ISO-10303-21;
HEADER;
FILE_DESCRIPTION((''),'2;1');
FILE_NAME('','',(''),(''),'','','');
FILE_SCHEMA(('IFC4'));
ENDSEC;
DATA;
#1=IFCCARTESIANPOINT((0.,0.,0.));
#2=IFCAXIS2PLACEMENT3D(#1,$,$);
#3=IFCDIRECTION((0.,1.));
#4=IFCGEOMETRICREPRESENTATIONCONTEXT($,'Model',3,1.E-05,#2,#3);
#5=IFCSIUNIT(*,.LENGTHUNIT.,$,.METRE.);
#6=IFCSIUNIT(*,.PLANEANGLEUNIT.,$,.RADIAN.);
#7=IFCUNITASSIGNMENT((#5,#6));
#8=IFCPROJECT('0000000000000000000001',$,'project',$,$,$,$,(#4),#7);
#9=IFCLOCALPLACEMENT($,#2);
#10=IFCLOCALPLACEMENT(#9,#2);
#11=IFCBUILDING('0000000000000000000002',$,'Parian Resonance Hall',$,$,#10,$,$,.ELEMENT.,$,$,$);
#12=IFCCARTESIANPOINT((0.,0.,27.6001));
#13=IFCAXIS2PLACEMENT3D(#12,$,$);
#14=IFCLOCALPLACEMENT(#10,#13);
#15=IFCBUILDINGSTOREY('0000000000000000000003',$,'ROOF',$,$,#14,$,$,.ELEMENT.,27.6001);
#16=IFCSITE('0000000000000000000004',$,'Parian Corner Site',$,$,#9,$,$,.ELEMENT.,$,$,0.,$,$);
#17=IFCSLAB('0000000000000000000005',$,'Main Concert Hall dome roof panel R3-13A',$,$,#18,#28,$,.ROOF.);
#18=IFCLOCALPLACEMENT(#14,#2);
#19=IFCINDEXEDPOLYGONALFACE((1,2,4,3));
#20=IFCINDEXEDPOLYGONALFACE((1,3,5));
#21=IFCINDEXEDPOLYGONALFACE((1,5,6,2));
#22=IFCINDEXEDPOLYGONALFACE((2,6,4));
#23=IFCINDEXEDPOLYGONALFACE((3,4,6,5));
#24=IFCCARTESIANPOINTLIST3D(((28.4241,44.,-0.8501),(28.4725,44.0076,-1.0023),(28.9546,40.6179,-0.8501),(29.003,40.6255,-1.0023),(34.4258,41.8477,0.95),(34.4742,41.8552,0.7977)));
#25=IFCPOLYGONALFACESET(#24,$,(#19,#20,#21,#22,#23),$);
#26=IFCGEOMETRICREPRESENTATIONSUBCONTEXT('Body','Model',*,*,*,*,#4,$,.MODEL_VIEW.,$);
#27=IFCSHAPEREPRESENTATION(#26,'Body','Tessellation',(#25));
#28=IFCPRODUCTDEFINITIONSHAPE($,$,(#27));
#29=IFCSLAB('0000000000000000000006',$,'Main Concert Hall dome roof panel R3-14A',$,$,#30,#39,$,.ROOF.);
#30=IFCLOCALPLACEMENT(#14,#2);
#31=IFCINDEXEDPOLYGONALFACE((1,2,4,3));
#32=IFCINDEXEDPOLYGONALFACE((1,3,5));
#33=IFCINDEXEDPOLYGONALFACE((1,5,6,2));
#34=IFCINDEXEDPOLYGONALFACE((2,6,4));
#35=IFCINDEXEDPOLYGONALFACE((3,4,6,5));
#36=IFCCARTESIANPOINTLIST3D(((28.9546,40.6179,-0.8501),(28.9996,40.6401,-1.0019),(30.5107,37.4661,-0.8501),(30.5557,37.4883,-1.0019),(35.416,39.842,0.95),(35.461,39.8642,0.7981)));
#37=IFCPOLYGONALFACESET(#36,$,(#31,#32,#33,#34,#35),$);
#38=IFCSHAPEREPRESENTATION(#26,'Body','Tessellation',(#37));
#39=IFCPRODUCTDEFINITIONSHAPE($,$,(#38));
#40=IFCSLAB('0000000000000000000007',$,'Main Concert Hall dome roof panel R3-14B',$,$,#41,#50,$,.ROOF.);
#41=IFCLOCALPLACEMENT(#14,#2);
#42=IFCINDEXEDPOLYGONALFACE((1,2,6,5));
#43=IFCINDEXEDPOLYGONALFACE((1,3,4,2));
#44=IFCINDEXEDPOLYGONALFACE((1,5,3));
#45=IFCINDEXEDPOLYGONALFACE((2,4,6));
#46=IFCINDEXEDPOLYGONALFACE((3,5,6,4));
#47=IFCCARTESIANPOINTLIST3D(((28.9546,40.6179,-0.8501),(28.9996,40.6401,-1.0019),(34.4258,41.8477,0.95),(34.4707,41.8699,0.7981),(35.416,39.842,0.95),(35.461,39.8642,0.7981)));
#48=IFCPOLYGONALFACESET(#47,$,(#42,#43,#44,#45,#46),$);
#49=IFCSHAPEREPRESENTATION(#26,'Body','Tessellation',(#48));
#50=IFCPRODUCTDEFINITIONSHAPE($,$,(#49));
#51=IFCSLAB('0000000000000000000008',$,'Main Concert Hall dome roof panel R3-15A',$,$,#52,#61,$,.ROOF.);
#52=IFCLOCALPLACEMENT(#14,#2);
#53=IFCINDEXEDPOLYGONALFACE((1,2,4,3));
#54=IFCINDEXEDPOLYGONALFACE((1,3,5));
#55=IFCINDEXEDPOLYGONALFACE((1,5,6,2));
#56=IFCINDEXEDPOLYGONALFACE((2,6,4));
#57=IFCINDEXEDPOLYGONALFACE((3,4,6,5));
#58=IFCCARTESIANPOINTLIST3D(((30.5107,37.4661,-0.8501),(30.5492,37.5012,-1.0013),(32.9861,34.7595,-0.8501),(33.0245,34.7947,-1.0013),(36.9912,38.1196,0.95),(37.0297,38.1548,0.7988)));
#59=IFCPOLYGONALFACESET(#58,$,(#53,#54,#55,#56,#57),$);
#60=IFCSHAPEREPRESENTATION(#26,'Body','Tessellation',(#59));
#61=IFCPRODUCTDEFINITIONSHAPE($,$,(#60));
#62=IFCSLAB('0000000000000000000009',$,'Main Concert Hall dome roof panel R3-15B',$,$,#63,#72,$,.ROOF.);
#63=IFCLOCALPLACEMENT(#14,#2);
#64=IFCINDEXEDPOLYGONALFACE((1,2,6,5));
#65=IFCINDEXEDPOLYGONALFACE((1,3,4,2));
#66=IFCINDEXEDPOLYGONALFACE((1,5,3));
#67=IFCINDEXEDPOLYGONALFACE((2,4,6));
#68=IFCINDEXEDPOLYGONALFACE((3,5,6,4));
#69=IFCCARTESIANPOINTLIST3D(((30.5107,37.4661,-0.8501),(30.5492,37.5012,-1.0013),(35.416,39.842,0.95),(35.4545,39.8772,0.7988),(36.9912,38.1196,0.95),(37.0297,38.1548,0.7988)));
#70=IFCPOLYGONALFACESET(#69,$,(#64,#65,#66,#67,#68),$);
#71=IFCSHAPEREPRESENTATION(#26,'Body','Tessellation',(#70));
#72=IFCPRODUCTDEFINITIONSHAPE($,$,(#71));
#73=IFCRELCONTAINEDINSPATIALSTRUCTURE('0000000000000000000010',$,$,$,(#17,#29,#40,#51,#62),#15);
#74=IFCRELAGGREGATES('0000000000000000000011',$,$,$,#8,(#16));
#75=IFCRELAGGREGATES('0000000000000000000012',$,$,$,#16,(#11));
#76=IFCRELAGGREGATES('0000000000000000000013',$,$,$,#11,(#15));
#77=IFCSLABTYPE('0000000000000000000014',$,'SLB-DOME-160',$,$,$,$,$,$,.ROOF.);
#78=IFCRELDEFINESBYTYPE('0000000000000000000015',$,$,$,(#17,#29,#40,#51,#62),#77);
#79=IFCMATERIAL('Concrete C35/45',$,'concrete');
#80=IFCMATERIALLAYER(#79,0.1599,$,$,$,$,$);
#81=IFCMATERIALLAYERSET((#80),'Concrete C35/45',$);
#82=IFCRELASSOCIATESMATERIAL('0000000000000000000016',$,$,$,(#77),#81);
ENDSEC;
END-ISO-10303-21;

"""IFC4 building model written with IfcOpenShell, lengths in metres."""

from ifc_helpers import new_model, si_unit, direction, frame, origin, place, context, subcontext, project, spatial, polyline, outline, extrude, material, layer, layer_set, type_object, element, save


model = new_model("IFC4")

# Units and contexts
model_context = context("Model", 3, precision=1e-05, world=origin(), true_north=direction((0.0, 1.0)))
body_context = subcontext(model_context, "Body", "Model", "MODEL_VIEW")
ifc_project = project(units=[si_unit("LENGTHUNIT", "METRE"), si_unit("PLANEANGLEUNIT", "RADIAN")], contexts=[model_context])

# Site, building, storey
site_placement = place(None, origin())
site = spatial("IfcSite", under=ifc_project, at=site_placement, Name="Parian Corner Site", CompositionType="ELEMENT", RefElevation=0.0)
building_placement = place(site_placement, origin())
building = spatial("IfcBuilding", under=site, at=building_placement, Name="Parian Resonance Hall", CompositionType="ELEMENT")
storey_placement = place(building_placement, frame((0.0, 0.0, 27.6001)))
storey = spatial("IfcBuildingStorey", under=building, at=storey_placement, Name="ROOF", CompositionType="ELEMENT", Elevation=27.6001)

# Slabs
ifc_material_1 = material(Name="Concrete C35/45", Category="concrete")
ifc_layer_1 = layer(ifc_material_1, 0.1599)
ifc_layer_set_1 = layer_set([ifc_layer_1], Name="Concrete C35/45")
slab_type = type_object("IfcSlabType", Name="SLB-DOME-160", PredefinedType="ROOF", material=ifc_layer_set_1)
slab_1_placement = place(storey_placement, frame((28.4241, 44.0, -0.8501), z_axis=(-0.302532, -0.047456, 0.951957), x_axis=(0.154966, -0.98792, 0.0)))
element("IfcSlab", 1, at=slab_1_placement, inside=storey, type_object=slab_type, Name="Main Concert Hall dome roof panel R3-13A", PredefinedType="ROOF", context=body_context, shape_type="SweptSolid", body=[
    extrude(outline(polyline([(0.0, 0.0), (3.4234, 0.0), (3.0564, 5.8781), (0.0, 0.0)])), origin(), (0.0, 0.0, -1.0), 0.1599),
])
slab_2_placement = place(storey_placement, frame((28.9546, 40.6179, -0.8501), z_axis=(-0.281201, -0.138836, 0.949553), x_axis=(0.442707, -0.896666, 0.0)))
element("IfcSlab", 2, at=slab_2_placement, inside=storey, type_object=slab_type, Name="Main Concert Hall dome roof panel R3-14A", PredefinedType="ROOF", context=body_context, shape_type="SweptSolid", body=[
    extrude(outline(polyline([(0.0, 0.0), (3.5151, 0.0), (3.5562, 5.7398), (0.0, 0.0)])), origin(), (0.0, 0.0, -1.0), 0.1599),
])
slab_3_placement = place(storey_placement, frame((28.9546, 40.6179, -0.8501), z_axis=(-0.281201, -0.138838, 0.949552), x_axis=(0.956937, -0.114908, 0.266587)))
element("IfcSlab", 3, at=slab_3_placement, inside=storey, type_object=slab_type, Name="Main Concert Hall dome roof panel R3-14B", PredefinedType="ROOF", context=body_context, shape_type="SweptSolid", body=[
    extrude(outline(polyline([(0.0, 0.0), (6.7522, 0.0), (5.5741, 1.9014), (0.0, 0.0)])), origin(), (0.0, 0.0, -1.0), 0.1599),
])
slab_4_placement = place(storey_placement, frame((30.5107, 37.4661, -0.8501), z_axis=(-0.240431, -0.219893, 0.945431), x_axis=(0.674886, -0.737922, 0.0)))
element("IfcSlab", 4, at=slab_4_placement, inside=storey, type_object=slab_type, Name="Main Concert Hall dome roof panel R3-15A", PredefinedType="ROOF", context=body_context, shape_type="SweptSolid", body=[
    extrude(outline(polyline([(0.0, 0.0), (3.6678, 0.0), (3.8913, 5.5246), (0.0, 0.0)])), origin(), (0.0, 0.0, -1.0), 0.1599),
])
slab_5_placement = place(storey_placement, frame((30.5107, 37.4661, -0.8501), z_axis=(-0.240433, -0.219883, 0.945433), x_axis=(0.959004, 0.096717, 0.266378)))
element("IfcSlab", 5, at=slab_5_placement, inside=storey, type_object=slab_type, Name="Main Concert Hall dome roof panel R3-15B", PredefinedType="ROOF", context=body_context, shape_type="SweptSolid", body=[
    extrude(outline(polyline([(0.0, 0.0), (6.7575, 0.0), (5.4135, 1.9083), (0.0, 0.0)])), origin(), (0.0, 0.0, -1.0), 0.1599),
])

save(model, "model.ifc")
